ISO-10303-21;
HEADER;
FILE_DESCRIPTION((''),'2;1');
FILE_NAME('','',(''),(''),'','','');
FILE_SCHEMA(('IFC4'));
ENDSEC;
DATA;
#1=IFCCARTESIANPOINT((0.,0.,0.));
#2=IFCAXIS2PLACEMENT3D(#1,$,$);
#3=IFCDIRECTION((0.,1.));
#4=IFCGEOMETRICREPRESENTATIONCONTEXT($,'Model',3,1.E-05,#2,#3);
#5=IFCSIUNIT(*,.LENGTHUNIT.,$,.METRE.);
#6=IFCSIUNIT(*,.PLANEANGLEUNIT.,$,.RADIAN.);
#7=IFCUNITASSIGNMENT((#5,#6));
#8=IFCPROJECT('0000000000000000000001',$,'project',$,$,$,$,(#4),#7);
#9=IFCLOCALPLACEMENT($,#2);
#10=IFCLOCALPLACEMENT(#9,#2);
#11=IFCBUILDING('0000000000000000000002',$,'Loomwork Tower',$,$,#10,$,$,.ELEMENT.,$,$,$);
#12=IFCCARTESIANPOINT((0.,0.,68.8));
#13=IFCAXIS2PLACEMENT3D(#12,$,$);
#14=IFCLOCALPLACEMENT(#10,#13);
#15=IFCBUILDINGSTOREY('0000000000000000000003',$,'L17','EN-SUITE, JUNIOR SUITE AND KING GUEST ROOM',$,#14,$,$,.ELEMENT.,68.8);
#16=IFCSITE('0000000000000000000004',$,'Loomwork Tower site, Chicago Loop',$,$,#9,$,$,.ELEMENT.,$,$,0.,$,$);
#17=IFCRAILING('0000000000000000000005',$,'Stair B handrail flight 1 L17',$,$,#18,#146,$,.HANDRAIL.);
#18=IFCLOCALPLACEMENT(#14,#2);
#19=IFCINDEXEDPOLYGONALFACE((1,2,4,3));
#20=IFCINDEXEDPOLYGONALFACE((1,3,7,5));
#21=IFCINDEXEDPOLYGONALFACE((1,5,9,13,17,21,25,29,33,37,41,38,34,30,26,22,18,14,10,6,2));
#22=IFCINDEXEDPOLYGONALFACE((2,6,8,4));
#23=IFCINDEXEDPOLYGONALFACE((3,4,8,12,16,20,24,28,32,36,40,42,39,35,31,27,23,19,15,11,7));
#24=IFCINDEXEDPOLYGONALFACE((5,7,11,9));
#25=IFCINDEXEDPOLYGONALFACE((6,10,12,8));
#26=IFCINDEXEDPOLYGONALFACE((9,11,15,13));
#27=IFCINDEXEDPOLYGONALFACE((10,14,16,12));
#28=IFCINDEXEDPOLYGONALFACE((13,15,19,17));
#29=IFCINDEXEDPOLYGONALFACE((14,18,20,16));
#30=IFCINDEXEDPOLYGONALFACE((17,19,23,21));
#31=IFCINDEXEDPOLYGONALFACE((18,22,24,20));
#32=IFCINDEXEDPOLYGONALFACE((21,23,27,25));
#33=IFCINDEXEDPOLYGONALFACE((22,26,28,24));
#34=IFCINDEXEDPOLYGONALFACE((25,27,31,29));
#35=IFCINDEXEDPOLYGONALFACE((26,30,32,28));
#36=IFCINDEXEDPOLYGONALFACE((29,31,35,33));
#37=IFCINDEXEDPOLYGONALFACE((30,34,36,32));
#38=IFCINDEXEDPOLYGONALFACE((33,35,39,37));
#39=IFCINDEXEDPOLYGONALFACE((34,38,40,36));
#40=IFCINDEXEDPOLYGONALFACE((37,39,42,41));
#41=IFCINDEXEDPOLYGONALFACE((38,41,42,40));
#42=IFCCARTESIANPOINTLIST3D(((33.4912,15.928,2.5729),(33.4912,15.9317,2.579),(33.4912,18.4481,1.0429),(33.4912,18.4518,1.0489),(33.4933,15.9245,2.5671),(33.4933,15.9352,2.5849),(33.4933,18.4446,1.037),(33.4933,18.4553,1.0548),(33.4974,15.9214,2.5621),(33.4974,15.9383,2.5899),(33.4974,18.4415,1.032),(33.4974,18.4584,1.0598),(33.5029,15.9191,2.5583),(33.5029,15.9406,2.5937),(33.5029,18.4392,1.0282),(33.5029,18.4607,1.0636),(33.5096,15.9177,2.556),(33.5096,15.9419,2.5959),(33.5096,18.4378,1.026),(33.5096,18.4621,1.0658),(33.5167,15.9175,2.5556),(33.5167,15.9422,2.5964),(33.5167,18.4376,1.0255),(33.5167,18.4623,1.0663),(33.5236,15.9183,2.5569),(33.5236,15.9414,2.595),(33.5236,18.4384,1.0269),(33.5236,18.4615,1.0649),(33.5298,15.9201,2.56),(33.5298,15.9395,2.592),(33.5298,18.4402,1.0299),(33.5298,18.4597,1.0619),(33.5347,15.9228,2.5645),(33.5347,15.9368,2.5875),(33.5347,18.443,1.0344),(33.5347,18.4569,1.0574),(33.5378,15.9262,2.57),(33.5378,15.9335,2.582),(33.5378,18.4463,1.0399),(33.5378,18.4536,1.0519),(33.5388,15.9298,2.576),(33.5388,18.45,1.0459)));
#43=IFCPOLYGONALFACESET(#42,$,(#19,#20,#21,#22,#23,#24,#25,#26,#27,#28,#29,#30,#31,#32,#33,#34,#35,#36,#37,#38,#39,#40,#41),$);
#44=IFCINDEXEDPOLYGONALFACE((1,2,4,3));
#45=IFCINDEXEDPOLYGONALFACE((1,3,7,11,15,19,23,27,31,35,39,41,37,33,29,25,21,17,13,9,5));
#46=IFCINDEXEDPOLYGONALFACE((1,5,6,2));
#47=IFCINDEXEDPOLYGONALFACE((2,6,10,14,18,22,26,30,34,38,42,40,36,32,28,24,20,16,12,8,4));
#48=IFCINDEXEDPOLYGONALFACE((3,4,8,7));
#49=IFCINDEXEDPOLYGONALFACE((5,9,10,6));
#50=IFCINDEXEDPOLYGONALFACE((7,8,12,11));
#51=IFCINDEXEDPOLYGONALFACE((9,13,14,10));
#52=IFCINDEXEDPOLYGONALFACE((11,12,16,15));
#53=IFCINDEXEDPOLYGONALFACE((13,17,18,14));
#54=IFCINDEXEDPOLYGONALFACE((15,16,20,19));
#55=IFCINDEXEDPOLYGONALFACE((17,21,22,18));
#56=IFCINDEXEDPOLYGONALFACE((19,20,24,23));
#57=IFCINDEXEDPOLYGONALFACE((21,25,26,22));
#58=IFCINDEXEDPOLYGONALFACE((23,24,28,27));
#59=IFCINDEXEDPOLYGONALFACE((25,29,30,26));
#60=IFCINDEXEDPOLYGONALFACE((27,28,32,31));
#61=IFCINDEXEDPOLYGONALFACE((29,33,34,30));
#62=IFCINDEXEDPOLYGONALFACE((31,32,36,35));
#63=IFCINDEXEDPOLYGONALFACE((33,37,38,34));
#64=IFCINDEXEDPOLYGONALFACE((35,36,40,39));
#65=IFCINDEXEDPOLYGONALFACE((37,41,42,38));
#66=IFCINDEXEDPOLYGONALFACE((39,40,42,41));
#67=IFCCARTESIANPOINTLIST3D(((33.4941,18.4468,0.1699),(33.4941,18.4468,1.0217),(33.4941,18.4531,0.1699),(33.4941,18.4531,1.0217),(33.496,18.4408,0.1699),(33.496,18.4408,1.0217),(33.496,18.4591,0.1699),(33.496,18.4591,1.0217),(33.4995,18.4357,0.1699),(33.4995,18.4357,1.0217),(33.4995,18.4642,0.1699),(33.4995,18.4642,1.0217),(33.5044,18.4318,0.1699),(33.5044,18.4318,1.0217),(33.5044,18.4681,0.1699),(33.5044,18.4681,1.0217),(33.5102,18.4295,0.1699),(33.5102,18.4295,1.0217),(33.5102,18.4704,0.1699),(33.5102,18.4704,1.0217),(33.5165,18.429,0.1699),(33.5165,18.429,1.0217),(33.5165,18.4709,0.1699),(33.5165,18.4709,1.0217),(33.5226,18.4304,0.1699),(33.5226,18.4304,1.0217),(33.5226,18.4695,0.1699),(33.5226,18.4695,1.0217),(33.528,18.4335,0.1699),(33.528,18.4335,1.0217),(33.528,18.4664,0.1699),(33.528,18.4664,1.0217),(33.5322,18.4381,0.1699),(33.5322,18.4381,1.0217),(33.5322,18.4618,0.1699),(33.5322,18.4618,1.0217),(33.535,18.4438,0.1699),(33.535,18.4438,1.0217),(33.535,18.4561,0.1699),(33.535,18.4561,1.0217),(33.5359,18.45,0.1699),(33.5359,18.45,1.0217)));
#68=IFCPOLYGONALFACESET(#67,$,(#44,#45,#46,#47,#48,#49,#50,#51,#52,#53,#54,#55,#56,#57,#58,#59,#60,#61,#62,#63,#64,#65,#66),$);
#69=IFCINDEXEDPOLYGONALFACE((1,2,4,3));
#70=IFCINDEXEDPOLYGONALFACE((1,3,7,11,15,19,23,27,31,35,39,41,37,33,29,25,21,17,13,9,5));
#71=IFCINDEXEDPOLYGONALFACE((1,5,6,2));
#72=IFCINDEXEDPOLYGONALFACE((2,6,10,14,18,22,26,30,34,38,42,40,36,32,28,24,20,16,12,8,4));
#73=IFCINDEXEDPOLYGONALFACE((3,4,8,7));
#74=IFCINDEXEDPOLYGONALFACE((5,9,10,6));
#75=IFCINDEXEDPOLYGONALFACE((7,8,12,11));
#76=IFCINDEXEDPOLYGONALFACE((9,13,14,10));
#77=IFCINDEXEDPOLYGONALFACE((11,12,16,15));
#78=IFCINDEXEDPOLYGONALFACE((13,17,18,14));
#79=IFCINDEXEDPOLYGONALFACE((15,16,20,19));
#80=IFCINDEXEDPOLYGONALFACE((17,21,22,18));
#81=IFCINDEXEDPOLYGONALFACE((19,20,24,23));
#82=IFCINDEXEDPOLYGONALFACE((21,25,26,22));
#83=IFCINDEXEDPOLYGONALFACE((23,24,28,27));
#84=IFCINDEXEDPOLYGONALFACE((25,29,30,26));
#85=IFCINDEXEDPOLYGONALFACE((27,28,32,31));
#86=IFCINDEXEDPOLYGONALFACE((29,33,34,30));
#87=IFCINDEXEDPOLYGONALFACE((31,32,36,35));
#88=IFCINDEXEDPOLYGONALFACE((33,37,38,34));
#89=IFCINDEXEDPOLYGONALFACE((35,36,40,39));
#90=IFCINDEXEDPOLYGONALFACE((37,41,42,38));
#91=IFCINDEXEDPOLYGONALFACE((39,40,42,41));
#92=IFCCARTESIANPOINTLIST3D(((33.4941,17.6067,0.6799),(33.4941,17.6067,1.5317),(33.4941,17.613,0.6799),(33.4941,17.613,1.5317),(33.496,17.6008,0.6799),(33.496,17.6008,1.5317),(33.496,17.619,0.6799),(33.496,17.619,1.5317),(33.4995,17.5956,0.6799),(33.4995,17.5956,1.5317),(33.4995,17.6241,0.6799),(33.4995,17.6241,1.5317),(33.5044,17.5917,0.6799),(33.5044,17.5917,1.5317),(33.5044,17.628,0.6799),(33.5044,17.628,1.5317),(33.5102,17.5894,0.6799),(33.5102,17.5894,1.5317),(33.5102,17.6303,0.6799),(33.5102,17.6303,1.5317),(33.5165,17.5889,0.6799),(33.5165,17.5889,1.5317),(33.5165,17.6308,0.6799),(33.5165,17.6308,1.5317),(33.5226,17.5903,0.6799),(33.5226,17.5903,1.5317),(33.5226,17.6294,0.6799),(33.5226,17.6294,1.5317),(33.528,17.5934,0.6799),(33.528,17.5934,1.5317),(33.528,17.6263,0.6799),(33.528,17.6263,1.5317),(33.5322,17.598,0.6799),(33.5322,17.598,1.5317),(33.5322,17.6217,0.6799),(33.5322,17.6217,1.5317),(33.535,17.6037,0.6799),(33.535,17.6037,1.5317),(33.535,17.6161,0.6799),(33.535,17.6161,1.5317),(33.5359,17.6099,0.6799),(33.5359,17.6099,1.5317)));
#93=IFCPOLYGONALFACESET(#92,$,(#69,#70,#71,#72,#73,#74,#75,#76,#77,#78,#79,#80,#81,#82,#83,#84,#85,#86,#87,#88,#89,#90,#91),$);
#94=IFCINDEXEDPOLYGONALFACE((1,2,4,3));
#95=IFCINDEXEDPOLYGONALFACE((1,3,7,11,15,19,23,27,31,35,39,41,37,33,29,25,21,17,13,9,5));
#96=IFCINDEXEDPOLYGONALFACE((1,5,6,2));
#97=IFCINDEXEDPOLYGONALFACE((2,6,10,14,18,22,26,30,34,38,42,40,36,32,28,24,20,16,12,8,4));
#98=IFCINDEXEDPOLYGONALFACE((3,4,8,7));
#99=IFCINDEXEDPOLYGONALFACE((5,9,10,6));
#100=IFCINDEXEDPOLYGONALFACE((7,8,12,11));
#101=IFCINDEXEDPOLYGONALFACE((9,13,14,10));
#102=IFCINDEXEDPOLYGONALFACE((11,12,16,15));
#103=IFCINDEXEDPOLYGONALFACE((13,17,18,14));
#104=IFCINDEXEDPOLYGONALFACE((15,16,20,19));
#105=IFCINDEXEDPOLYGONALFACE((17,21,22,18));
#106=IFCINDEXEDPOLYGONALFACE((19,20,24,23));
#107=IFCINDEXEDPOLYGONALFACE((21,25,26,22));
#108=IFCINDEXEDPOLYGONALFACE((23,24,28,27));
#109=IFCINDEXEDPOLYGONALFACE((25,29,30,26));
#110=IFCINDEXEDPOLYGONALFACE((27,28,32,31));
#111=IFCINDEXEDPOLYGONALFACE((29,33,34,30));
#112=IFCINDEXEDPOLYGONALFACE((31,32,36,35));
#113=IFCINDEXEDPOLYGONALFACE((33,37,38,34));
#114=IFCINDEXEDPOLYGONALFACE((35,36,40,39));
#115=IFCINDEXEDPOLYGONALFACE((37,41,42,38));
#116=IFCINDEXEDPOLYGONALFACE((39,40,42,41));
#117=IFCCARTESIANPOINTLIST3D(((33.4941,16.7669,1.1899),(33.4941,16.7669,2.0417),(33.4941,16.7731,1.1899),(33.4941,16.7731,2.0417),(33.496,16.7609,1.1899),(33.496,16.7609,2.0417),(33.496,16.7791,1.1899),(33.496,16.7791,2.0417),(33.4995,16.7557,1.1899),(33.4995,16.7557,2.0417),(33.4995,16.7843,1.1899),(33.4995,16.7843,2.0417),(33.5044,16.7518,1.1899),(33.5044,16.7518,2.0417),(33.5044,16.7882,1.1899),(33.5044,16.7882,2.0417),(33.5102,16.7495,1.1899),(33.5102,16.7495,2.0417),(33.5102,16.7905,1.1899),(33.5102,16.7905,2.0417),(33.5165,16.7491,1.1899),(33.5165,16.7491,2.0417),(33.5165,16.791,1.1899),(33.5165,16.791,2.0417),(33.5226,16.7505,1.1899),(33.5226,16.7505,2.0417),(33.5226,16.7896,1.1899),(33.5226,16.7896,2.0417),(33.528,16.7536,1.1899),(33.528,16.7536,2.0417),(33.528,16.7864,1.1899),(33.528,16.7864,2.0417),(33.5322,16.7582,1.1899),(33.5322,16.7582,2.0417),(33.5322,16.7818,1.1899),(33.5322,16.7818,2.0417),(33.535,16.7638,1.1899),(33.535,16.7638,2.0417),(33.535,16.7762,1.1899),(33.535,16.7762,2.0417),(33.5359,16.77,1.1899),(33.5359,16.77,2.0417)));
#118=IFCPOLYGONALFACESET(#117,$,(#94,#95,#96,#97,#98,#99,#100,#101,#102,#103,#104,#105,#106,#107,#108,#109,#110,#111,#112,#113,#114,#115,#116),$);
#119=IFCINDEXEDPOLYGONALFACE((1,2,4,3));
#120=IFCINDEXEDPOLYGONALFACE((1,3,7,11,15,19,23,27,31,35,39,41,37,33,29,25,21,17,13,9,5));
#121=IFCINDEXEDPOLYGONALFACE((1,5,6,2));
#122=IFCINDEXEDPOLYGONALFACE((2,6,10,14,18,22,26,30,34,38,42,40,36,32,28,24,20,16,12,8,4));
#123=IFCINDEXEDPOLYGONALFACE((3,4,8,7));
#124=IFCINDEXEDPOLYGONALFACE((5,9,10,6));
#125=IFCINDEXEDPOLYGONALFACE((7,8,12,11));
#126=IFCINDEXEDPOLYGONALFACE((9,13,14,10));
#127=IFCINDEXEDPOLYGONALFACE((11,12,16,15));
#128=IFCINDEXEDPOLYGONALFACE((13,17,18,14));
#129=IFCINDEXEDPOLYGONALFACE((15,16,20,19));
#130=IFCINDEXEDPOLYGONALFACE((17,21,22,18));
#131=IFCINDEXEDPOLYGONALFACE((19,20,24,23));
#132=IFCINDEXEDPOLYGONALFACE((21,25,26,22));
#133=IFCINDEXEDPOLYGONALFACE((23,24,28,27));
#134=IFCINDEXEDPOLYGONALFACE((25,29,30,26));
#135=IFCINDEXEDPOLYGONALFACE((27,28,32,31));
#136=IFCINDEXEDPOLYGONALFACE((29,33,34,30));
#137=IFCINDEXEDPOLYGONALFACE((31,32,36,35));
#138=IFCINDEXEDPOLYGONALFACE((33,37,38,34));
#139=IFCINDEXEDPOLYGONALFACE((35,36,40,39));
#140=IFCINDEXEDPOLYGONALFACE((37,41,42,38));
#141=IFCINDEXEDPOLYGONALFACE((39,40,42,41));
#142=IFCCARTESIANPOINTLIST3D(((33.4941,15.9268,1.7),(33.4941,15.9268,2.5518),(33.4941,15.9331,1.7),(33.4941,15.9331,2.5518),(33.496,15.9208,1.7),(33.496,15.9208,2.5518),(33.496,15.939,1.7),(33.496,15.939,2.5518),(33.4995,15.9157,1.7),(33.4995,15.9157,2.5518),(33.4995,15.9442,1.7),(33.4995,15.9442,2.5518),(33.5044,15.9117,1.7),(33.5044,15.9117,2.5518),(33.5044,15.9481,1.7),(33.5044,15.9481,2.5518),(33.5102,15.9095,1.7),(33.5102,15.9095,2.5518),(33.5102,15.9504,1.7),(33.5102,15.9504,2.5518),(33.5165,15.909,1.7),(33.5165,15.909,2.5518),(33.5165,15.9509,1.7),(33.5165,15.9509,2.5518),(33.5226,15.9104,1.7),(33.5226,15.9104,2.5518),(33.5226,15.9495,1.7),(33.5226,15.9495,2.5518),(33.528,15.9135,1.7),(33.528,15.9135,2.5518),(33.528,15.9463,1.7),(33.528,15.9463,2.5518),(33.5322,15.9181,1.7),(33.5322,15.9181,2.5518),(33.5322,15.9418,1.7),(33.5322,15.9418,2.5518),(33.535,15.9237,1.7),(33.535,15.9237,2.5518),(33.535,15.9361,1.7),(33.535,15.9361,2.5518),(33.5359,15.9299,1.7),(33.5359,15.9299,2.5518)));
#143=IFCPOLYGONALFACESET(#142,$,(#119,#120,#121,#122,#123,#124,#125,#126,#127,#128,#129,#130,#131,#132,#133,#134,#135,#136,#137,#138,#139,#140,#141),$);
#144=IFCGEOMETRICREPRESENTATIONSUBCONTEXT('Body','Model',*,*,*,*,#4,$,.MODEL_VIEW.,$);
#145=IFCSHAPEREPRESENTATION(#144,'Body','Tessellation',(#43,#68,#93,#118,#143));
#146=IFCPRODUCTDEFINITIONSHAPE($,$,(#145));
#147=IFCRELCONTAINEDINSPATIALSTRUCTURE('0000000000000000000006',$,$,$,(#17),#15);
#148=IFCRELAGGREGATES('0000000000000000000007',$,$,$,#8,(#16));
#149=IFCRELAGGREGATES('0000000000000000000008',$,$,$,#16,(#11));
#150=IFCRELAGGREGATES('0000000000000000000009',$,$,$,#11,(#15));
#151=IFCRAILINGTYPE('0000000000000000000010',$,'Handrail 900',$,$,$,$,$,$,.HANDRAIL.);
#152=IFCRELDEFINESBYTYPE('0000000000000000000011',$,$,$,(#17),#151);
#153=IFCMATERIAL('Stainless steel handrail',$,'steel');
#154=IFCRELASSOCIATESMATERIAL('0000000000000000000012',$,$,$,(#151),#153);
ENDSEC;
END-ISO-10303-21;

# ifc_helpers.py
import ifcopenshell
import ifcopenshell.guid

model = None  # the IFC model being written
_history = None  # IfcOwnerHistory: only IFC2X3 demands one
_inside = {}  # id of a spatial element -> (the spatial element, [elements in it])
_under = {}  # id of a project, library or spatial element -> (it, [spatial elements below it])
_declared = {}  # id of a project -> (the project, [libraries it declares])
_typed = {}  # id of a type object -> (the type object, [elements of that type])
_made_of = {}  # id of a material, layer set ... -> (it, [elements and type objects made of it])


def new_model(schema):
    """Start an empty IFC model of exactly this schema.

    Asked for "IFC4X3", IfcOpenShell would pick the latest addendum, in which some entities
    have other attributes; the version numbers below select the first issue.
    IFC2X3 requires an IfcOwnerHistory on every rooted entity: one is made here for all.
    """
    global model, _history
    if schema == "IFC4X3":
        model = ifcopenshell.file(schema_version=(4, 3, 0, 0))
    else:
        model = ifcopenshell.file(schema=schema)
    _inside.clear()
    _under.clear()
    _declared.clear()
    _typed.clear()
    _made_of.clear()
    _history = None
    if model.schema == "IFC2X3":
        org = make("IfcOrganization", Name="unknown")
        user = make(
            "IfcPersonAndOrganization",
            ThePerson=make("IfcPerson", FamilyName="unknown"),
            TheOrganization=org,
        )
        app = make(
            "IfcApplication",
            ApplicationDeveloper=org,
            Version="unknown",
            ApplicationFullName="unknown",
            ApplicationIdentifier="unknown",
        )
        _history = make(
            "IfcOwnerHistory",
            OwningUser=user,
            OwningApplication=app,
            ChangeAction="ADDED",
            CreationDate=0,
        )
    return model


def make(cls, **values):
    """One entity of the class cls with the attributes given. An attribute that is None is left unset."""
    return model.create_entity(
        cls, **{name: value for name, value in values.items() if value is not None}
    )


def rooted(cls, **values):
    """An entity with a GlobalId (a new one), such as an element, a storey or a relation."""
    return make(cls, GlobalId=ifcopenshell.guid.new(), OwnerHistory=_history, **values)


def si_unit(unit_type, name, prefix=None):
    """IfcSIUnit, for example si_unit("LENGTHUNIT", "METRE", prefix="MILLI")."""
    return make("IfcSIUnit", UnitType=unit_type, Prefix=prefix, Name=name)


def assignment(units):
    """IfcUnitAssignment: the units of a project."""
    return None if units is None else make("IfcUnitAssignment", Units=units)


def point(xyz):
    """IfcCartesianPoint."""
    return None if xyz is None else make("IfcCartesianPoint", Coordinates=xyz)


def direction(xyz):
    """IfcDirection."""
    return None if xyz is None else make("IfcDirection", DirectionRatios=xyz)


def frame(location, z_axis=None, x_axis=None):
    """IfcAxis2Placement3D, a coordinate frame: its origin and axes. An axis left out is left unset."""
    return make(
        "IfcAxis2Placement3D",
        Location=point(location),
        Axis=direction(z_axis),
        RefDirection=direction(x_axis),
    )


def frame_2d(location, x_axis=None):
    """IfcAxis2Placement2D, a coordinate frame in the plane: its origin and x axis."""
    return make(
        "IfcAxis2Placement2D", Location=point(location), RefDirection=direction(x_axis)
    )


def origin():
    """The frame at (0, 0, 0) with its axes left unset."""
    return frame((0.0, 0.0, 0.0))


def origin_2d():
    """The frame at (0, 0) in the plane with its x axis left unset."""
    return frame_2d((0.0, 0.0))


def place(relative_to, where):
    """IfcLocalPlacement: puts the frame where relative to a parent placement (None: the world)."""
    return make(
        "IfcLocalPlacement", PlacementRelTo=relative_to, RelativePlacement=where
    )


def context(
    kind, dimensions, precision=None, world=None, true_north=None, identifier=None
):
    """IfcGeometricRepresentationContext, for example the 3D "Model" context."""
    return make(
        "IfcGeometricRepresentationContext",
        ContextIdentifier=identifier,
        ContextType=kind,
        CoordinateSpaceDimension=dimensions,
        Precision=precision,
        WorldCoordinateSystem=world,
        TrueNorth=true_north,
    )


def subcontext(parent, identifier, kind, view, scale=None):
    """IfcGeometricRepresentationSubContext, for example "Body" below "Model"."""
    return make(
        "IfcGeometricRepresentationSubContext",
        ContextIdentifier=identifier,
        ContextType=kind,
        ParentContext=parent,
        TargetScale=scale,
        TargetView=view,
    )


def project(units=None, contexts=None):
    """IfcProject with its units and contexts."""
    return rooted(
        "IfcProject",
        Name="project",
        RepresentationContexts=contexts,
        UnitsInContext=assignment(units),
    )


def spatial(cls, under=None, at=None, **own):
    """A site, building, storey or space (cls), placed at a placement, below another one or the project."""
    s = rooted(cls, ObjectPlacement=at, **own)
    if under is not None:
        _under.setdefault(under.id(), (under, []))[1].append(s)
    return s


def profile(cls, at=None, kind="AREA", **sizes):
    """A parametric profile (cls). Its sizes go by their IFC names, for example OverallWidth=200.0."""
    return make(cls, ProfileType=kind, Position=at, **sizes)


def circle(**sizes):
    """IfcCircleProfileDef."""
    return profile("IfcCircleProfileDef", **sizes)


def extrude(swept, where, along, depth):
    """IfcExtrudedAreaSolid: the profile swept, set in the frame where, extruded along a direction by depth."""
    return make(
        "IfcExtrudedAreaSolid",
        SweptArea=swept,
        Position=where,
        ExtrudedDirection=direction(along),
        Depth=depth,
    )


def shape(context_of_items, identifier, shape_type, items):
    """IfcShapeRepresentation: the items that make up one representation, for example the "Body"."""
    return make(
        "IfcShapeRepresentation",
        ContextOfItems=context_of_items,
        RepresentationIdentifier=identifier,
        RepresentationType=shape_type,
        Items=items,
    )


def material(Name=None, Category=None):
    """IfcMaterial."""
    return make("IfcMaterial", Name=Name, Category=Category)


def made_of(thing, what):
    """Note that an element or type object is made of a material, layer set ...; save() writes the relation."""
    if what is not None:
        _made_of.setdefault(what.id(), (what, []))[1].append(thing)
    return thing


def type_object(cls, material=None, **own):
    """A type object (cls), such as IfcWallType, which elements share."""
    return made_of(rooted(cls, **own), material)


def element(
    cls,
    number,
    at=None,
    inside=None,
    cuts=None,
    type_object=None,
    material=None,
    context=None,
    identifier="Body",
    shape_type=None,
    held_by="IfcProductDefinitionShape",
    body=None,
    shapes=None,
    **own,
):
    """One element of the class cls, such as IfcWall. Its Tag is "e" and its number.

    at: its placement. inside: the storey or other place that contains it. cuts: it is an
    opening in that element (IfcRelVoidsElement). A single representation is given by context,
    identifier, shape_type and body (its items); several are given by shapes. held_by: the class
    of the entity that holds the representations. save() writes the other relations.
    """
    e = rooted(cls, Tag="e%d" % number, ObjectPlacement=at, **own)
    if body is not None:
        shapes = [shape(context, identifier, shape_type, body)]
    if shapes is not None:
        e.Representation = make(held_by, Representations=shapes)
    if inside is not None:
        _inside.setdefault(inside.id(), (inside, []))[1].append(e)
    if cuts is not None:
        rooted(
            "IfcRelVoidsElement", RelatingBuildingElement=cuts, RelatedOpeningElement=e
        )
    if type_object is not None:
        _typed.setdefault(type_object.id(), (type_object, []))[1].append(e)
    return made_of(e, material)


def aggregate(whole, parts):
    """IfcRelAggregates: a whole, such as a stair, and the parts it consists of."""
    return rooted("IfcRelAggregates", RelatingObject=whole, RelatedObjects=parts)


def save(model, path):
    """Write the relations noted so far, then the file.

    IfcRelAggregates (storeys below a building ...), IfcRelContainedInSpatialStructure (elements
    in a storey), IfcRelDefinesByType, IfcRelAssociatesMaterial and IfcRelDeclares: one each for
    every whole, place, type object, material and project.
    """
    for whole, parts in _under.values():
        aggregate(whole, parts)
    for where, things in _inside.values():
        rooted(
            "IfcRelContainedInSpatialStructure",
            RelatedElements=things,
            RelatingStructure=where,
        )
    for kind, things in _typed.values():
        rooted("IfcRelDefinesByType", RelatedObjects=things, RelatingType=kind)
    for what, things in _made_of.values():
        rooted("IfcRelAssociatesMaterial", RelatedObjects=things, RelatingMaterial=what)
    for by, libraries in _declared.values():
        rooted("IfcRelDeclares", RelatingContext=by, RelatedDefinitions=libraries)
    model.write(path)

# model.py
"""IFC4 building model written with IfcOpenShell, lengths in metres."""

from ifc_helpers import new_model, si_unit, direction, frame, origin, origin_2d, place, context, subcontext, project, spatial, circle, extrude, material, type_object, element, save


model = new_model("IFC4")

# Units and contexts
model_context = context("Model", 3, precision=1e-05, world=origin(), true_north=direction((0.0, 1.0)))
body_context = subcontext(model_context, "Body", "Model", "MODEL_VIEW")
ifc_project = project(units=[si_unit("LENGTHUNIT", "METRE"), si_unit("PLANEANGLEUNIT", "RADIAN")], contexts=[model_context])

# Site, building, storey
site_placement = place(None, origin())
site = spatial("IfcSite", under=ifc_project, at=site_placement, Name="Loomwork Tower site, Chicago Loop", CompositionType="ELEMENT", RefElevation=0.0)
building_placement = place(site_placement, origin())
building = spatial("IfcBuilding", under=site, at=building_placement, Name="Loomwork Tower", CompositionType="ELEMENT")
storey_placement = place(building_placement, frame((0.0, 0.0, 68.8)))
storey = spatial("IfcBuildingStorey", under=building, at=storey_placement, Name="L17", Description="EN-SUITE, JUNIOR SUITE AND KING GUEST ROOM", CompositionType="ELEMENT", Elevation=68.8)

# Railing
ifc_material_1 = material(Name="Stainless steel handrail", Category="steel")
railing_type = type_object("IfcRailingType", Name="Handrail 900", PredefinedType="HANDRAIL", material=ifc_material_1)
railing_placement = place(storey_placement, frame((33.5149, 18.45, 0.1699)))
element("IfcRailing", 1, at=railing_placement, inside=storey, type_object=railing_type, Name="Stair B handrail flight 1 L17", PredefinedType="HANDRAIL", context=body_context, shape_type="SweptSolid", body=[
    extrude(circle(Radius=0.0239, at=origin_2d()), frame((0.0, 0.0, 0.876), z_axis=(0.0, -0.854785, 0.518982), x_axis=(1.0, 0.0, 0.0)), (0.0, 0.0, 1.0), 2.9482),
    extrude(circle(Radius=0.021, at=origin_2d()), origin(), (0.0, 0.0, 1.0), 0.8518),
    extrude(circle(Radius=0.021, at=origin_2d()), frame((0.0, -0.8401, 0.51)), (0.0, 0.0, 1.0), 0.8518),
    extrude(circle(Radius=0.021, at=origin_2d()), frame((0.0, -1.6799, 1.02)), (0.0, 0.0, 1.0), 0.8518),
    extrude(circle(Radius=0.021, at=origin_2d()), frame((0.0, -2.52, 1.53)), (0.0, 0.0, 1.0), 0.8518),
])

save(model, "model.ifc")
